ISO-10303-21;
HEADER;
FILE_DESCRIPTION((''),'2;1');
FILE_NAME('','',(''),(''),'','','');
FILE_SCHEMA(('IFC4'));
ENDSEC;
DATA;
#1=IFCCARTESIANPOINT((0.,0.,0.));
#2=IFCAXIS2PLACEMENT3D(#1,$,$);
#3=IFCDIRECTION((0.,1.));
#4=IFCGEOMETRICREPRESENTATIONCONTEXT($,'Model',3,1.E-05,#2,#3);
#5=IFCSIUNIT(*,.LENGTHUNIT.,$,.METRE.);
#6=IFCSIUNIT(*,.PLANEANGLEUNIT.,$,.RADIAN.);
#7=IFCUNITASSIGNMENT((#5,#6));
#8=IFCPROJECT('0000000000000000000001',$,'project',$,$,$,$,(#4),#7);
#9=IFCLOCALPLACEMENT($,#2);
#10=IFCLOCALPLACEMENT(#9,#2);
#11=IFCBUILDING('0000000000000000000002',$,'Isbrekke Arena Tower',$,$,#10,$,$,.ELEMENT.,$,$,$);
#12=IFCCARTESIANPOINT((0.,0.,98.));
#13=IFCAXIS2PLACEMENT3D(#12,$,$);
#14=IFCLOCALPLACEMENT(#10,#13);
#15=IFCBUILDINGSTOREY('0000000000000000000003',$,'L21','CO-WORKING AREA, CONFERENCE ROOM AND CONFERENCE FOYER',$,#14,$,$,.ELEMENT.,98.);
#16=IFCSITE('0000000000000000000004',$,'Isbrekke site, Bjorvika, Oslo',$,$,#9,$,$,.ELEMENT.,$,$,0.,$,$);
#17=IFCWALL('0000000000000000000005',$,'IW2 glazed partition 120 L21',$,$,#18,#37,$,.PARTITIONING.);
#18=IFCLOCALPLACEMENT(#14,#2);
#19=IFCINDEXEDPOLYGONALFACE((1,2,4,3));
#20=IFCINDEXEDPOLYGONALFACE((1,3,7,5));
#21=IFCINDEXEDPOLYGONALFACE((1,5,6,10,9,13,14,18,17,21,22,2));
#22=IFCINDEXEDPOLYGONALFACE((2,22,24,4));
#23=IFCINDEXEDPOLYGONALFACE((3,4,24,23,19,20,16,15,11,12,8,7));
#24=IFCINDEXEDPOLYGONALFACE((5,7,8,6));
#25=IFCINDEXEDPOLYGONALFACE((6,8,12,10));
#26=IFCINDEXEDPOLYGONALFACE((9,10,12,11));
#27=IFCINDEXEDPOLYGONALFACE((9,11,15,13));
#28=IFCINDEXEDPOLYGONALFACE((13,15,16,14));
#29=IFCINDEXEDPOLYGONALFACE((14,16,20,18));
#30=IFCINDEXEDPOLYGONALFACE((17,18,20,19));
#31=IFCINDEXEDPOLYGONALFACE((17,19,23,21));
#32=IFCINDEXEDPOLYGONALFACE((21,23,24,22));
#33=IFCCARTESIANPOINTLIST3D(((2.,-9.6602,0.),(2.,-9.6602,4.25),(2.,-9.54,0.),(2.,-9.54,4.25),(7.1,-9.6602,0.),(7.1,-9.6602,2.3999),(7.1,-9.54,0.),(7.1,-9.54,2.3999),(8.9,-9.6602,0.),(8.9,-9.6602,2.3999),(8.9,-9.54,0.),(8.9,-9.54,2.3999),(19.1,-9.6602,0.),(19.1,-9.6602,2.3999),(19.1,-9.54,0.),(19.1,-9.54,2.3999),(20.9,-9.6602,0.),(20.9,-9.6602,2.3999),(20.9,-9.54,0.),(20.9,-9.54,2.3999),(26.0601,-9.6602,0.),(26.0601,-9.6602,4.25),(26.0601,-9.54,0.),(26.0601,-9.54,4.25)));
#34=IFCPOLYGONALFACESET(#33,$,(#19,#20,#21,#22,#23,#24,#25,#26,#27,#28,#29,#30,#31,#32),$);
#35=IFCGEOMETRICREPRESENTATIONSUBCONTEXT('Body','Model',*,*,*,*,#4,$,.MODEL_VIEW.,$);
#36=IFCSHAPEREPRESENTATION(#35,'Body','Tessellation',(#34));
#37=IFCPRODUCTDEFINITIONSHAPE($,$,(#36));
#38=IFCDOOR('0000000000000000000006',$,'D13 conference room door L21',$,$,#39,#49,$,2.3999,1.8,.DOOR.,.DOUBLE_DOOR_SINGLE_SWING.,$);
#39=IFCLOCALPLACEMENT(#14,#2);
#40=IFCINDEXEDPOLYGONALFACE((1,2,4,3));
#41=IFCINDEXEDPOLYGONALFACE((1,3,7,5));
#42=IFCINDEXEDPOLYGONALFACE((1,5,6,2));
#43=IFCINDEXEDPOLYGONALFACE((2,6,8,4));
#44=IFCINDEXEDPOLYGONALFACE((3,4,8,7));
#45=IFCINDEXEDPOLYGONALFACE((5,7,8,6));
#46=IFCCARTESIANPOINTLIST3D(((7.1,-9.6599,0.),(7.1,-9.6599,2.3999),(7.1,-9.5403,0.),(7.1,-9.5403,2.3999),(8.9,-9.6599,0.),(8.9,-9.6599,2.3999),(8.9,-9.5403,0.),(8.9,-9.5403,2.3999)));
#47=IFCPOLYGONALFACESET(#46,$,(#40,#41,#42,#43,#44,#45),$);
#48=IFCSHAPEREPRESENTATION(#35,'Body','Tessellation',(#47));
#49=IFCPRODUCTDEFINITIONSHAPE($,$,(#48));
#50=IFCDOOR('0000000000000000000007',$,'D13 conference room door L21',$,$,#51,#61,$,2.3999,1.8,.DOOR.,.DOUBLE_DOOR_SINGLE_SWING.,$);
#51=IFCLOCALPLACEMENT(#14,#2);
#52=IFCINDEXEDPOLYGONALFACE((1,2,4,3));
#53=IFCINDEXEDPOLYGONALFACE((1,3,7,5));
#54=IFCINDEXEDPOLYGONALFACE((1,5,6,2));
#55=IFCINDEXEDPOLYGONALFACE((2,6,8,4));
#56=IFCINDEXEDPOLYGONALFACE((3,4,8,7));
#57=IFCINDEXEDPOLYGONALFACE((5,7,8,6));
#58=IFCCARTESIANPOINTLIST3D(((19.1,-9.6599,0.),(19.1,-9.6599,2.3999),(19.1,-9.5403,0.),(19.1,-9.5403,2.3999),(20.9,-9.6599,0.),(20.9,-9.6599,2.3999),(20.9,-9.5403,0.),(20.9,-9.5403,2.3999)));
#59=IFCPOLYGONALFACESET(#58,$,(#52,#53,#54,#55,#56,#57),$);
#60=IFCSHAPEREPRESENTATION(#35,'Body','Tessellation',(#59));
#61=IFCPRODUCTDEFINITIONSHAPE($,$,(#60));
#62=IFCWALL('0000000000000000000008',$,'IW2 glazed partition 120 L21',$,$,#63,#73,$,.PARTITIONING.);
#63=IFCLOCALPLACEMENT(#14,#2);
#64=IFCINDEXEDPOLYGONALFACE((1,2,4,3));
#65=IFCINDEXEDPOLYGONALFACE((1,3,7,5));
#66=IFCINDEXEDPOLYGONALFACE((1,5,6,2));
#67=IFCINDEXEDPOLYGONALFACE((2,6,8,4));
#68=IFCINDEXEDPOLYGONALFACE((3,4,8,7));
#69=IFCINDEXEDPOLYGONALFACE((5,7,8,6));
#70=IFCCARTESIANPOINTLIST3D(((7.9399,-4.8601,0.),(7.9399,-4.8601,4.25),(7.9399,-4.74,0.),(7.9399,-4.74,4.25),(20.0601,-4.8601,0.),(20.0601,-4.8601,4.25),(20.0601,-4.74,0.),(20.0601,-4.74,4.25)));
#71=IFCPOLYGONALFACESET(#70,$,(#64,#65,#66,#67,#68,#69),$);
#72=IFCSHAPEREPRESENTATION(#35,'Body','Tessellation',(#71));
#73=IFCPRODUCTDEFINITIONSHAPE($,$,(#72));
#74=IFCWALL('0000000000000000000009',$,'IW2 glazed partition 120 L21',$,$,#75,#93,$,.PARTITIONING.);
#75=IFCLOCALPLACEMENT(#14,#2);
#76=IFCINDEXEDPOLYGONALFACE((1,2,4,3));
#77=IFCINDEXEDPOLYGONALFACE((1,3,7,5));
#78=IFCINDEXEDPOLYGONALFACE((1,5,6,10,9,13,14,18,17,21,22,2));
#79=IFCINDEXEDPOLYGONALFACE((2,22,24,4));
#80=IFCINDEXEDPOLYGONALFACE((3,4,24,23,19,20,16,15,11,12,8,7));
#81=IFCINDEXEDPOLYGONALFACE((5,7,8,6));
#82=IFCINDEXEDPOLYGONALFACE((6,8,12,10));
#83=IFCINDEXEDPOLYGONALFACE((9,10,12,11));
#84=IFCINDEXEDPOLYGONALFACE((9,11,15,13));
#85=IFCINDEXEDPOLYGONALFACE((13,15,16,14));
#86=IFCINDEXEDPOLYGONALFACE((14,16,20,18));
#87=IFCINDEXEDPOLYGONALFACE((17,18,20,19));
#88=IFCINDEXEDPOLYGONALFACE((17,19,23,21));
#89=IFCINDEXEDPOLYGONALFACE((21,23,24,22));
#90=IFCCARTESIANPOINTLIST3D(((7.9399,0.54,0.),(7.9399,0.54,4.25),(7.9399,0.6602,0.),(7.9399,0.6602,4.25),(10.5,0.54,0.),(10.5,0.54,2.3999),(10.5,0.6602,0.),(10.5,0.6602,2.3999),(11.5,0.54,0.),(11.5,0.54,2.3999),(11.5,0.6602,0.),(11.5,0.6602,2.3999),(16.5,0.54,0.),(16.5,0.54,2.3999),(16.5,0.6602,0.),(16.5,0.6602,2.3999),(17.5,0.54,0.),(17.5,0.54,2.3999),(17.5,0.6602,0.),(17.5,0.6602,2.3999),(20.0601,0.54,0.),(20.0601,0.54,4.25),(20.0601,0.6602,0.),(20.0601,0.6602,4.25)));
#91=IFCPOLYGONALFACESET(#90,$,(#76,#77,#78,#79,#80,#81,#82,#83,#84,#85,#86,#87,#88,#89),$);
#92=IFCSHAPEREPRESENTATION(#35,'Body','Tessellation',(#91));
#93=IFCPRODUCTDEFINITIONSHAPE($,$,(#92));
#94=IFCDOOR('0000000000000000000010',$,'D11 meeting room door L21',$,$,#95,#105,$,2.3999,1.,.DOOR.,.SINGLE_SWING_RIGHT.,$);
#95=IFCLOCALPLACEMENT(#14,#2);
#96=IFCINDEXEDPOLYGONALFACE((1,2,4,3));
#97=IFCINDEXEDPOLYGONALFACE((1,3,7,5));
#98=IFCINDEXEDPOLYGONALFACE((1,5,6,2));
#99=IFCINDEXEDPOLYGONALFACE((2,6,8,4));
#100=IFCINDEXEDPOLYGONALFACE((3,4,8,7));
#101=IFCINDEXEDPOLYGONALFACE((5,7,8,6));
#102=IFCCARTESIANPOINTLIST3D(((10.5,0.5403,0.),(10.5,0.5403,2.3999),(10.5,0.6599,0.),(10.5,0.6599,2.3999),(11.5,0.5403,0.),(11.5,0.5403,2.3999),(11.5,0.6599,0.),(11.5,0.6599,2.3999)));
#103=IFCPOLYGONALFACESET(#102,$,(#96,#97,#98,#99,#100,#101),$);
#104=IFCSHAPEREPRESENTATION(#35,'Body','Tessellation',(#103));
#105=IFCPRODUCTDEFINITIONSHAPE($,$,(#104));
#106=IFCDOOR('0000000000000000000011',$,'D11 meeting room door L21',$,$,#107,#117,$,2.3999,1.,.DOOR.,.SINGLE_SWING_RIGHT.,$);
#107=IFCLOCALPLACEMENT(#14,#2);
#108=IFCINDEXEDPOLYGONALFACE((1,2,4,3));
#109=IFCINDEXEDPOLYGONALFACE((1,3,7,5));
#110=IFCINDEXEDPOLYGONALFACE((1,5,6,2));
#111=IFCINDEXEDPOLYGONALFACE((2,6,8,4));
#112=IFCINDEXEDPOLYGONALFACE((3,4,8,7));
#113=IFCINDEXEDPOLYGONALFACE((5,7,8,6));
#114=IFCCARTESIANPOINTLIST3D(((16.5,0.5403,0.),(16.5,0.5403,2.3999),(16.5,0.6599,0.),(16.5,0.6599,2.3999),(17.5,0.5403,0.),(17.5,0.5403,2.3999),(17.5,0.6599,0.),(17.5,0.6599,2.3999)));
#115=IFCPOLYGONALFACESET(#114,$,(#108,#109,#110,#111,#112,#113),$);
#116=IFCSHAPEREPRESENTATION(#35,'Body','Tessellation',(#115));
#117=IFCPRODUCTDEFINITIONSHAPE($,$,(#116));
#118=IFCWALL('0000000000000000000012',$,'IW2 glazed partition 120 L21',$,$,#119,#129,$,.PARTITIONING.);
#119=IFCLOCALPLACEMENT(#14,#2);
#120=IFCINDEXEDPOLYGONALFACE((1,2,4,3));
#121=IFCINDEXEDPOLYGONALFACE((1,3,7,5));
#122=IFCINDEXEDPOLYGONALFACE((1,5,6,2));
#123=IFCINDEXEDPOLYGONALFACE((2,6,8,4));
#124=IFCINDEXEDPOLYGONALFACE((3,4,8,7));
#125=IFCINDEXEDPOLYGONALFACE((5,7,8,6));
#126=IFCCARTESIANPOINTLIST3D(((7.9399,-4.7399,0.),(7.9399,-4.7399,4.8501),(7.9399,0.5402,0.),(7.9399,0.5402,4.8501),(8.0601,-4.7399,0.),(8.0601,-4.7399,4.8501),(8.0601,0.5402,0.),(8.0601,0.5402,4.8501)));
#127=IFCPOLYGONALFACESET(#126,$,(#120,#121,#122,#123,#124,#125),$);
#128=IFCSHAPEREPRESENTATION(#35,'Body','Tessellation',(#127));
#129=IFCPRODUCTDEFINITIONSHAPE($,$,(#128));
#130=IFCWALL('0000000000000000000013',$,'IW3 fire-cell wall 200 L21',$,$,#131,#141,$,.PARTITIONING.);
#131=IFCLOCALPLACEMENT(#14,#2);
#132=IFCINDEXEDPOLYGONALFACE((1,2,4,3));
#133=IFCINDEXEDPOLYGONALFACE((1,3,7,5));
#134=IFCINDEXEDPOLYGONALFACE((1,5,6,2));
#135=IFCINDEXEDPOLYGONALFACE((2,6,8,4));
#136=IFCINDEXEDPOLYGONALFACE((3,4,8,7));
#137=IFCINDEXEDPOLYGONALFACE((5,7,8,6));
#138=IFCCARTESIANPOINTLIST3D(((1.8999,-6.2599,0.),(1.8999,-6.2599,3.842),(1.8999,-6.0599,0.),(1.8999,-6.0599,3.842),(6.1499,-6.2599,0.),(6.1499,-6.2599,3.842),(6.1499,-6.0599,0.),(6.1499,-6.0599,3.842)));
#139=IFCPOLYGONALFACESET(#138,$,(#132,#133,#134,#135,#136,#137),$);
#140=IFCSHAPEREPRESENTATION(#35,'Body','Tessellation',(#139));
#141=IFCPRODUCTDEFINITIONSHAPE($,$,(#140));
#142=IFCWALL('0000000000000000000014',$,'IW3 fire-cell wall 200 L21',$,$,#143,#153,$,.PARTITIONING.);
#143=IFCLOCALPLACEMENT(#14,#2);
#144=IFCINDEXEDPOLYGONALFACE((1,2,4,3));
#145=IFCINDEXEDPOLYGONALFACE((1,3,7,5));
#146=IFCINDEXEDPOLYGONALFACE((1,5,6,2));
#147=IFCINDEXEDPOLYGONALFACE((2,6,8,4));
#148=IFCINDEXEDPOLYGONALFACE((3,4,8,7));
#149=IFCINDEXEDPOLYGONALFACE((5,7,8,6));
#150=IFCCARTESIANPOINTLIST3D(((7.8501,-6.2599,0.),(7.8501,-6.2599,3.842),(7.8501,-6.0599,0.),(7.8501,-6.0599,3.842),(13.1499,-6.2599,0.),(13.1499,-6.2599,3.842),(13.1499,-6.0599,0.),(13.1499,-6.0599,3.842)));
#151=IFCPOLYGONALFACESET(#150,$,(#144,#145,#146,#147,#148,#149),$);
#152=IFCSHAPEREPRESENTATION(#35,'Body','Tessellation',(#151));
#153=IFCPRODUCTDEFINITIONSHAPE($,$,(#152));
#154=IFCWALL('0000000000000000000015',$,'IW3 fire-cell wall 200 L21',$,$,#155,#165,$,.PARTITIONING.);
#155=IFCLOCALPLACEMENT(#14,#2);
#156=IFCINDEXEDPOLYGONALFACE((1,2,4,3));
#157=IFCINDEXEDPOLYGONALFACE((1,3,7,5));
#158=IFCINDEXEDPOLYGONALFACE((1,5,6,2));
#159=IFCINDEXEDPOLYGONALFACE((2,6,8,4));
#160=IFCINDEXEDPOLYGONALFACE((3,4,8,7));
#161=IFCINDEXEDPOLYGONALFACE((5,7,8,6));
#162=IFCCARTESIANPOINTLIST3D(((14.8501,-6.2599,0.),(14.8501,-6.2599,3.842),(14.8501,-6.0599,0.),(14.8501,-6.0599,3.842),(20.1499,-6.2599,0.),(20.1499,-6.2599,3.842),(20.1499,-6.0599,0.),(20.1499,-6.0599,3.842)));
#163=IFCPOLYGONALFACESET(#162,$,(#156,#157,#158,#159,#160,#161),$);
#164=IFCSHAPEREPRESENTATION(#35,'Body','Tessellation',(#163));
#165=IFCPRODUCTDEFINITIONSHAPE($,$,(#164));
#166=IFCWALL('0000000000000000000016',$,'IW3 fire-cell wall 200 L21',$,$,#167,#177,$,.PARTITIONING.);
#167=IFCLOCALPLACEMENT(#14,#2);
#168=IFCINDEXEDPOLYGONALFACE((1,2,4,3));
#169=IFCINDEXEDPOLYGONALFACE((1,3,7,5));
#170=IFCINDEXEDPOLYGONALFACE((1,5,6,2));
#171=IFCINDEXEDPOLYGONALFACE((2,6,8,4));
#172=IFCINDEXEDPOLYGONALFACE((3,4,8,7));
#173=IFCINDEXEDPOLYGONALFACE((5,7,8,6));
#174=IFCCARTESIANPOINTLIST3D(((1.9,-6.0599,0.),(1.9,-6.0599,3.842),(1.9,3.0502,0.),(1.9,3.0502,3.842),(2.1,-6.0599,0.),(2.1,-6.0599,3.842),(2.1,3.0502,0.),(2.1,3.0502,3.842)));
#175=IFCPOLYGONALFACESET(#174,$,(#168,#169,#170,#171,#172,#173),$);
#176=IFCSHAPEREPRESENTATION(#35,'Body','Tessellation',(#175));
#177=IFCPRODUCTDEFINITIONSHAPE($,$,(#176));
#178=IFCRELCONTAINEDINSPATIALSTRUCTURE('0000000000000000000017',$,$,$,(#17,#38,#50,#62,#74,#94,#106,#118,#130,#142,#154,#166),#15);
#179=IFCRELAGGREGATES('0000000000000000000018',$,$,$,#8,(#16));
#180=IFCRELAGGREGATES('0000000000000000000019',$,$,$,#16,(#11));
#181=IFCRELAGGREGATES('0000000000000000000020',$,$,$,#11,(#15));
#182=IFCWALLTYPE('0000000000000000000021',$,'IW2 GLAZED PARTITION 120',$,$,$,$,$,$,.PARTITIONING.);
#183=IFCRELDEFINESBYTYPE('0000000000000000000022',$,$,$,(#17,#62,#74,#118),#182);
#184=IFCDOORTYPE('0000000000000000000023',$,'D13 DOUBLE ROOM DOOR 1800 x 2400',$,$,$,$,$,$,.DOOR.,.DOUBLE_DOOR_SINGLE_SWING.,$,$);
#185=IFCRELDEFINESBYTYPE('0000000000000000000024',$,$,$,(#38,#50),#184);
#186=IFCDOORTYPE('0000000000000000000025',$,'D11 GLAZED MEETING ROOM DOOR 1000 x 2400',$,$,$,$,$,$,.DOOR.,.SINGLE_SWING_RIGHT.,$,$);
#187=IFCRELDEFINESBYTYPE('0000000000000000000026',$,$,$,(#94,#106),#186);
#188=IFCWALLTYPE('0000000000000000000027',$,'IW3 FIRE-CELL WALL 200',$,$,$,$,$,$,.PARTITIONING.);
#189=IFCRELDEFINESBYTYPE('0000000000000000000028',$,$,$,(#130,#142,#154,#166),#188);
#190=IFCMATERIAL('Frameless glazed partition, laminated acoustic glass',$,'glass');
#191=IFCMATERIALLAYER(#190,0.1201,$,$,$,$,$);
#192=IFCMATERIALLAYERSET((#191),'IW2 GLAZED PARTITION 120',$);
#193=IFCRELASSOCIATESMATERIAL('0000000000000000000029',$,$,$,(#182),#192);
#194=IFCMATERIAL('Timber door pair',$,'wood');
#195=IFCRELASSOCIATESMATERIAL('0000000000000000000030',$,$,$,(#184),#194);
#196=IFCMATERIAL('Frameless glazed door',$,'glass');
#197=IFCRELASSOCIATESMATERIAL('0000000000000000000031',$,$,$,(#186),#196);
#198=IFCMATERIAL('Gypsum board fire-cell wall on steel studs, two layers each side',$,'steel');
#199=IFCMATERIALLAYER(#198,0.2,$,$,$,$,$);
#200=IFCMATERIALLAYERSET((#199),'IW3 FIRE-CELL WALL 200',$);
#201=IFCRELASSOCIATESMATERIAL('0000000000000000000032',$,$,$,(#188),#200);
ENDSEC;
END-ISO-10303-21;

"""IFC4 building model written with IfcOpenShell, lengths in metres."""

from ifc_helpers import new_model, si_unit, direction, frame, frame_2d, origin, place, context, subcontext, project, spatial, rectangle, extrude, material, layer, layer_set, type_object, element, fill, save


model = new_model("IFC4")

# Units and contexts
model_context = context("Model", 3, precision=1e-05, world=origin(), true_north=direction((0.0, 1.0)))
body_context = subcontext(model_context, "Body", "Model", "MODEL_VIEW")
ifc_project = project(units=[si_unit("LENGTHUNIT", "METRE"), si_unit("PLANEANGLEUNIT", "RADIAN")], contexts=[model_context])

# Site, building, storey
site_placement = place(None, origin())
site = spatial("IfcSite", under=ifc_project, at=site_placement, Name="Isbrekke site, Bjorvika, Oslo", CompositionType="ELEMENT", RefElevation=0.0)
building_placement = place(site_placement, origin())
building = spatial("IfcBuilding", under=site, at=building_placement, Name="Isbrekke Arena Tower", CompositionType="ELEMENT")
storey_placement = place(building_placement, frame((0.0, 0.0, 98.0)))
storey = spatial("IfcBuildingStorey", under=building, at=storey_placement, Name="L21", Description="CO-WORKING AREA, CONFERENCE ROOM AND CONFERENCE FOYER", CompositionType="ELEMENT", Elevation=98.0)

# Wall, openings, doors
ifc_material_1 = material(Name="Frameless glazed partition, laminated acoustic glass", Category="glass")
ifc_layer_1 = layer(ifc_material_1, 0.1201)
ifc_layer_set_1 = layer_set([ifc_layer_1], Name="IW2 GLAZED PARTITION 120")
wall_type_1 = type_object("IfcWallType", Name="IW2 GLAZED PARTITION 120", PredefinedType="PARTITIONING", material=ifc_layer_set_1)
wall_1_placement = place(storey_placement, frame((2.0, -9.6001, 0.0), z_axis=(0.0, 0.0, 1.0), x_axis=(1.0, 0.0, 0.0)))
wall_1 = element("IfcWall", 1, at=wall_1_placement, inside=storey, type_object=wall_type_1, Name="IW2 glazed partition 120 L21", PredefinedType="PARTITIONING", context=body_context, shape_type="SweptSolid", body=[
    extrude(rectangle(XDim=24.0601, YDim=0.1201, at=frame_2d((12.03, 0.0))), origin(), (0.0, 0.0, 1.0), 4.25),
])
opening_1_placement = place(wall_1_placement, frame((5.1001, 0.0, 0.0)))
opening_1 = element("IfcOpeningElement", 2, at=opening_1_placement, cuts=wall_1, PredefinedType="OPENING", context=body_context, shape_type="SweptSolid", body=[
    extrude(rectangle(XDim=1.8, YDim=2.3999, at=frame_2d((0.8999, 1.2))), frame((0.0, 0.075, 0.0), z_axis=(0.0, -1.0, 0.0), x_axis=(1.0, 0.0, 0.0)), (0.0, 0.0, 1.0), 0.1499),
])
opening_2_placement = place(wall_1_placement, frame((17.1001, 0.0, 0.0)))
opening_2 = element("IfcOpeningElement", 3, at=opening_2_placement, cuts=wall_1, PredefinedType="OPENING", context=body_context, shape_type="SweptSolid", body=[
    extrude(rectangle(XDim=1.8, YDim=2.3999, at=frame_2d((0.8999, 1.2))), frame((0.0, 0.075, 0.0), z_axis=(0.0, -1.0, 0.0), x_axis=(1.0, 0.0, 0.0)), (0.0, 0.0, 1.0), 0.1499),
])
ifc_material_2 = material(Name="Timber door pair", Category="wood")
door_type_1 = type_object("IfcDoorType", Name="D13 DOUBLE ROOM DOOR 1800 x 2400", OperationType="DOUBLE_DOOR_SINGLE_SWING", PredefinedType="DOOR", material=ifc_material_2)
door_1_placement = place(opening_1_placement, origin())
door_1 = element("IfcDoor", 4, at=door_1_placement, inside=storey, type_object=door_type_1, Name="D13 conference room door L21", OperationType="DOUBLE_DOOR_SINGLE_SWING", OverallHeight=2.3999, OverallWidth=1.8, PredefinedType="DOOR", context=body_context, shape_type="SweptSolid", body=[
    extrude(rectangle(XDim=1.8, YDim=2.3999, at=frame_2d((0.8999, 1.2))), frame((0.0, 0.0598, 0.0), z_axis=(0.0, -1.0, 0.0), x_axis=(1.0, 0.0, 0.0)), (0.0, 0.0, 1.0), 0.1196),
])
fill(opening_1, door_1)
door_2_placement = place(opening_2_placement, origin())
door_2 = element("IfcDoor", 5, at=door_2_placement, inside=storey, type_object=door_type_1, Name="D13 conference room door L21", OperationType="DOUBLE_DOOR_SINGLE_SWING", OverallHeight=2.3999, OverallWidth=1.8, PredefinedType="DOOR", context=body_context, shape_type="SweptSolid", body=[
    extrude(rectangle(XDim=1.8, YDim=2.3999, at=frame_2d((0.8999, 1.2))), frame((0.0, 0.0598, 0.0), z_axis=(0.0, -1.0, 0.0), x_axis=(1.0, 0.0, 0.0)), (0.0, 0.0, 1.0), 0.1196),
])
fill(opening_2, door_2)

# Wall
wall_2_placement = place(storey_placement, frame((7.9399, -4.8, 0.0), z_axis=(0.0, 0.0, 1.0), x_axis=(1.0, 0.0, 0.0)))
element("IfcWall", 6, at=wall_2_placement, inside=storey, type_object=wall_type_1, Name="IW2 glazed partition 120 L21", PredefinedType="PARTITIONING", context=body_context, shape_type="SweptSolid", body=[
    extrude(rectangle(XDim=12.1201, YDim=0.1201, at=frame_2d((6.0601, 0.0))), origin(), (0.0, 0.0, 1.0), 4.25),
])

# Wall, openings, doors
wall_3_placement = place(storey_placement, frame((7.9399, 0.6001, 0.0), z_axis=(0.0, 0.0, 1.0), x_axis=(1.0, 0.0, 0.0)))
wall_3 = element("IfcWall", 7, at=wall_3_placement, inside=storey, type_object=wall_type_1, Name="IW2 glazed partition 120 L21", PredefinedType="PARTITIONING", context=body_context, shape_type="SweptSolid", body=[
    extrude(rectangle(XDim=12.1201, YDim=0.1201, at=frame_2d((6.0601, 0.0))), origin(), (0.0, 0.0, 1.0), 4.25),
])
opening_3_placement = place(wall_3_placement, frame((2.5601, 0.0, 0.0)))
opening_3 = element("IfcOpeningElement", 8, at=opening_3_placement, cuts=wall_3, PredefinedType="OPENING", context=body_context, shape_type="SweptSolid", body=[
    extrude(rectangle(XDim=1.0, YDim=2.3999, at=frame_2d((0.5, 1.2))), frame((0.0, 0.075, 0.0), z_axis=(0.0, -1.0, 0.0), x_axis=(1.0, 0.0, 0.0)), (0.0, 0.0, 1.0), 0.1499),
])
opening_4_placement = place(wall_3_placement, frame((8.5601, 0.0, 0.0)))
opening_4 = element("IfcOpeningElement", 9, at=opening_4_placement, cuts=wall_3, PredefinedType="OPENING", context=body_context, shape_type="SweptSolid", body=[
    extrude(rectangle(XDim=1.0, YDim=2.3999, at=frame_2d((0.5, 1.2))), frame((0.0, 0.075, 0.0), z_axis=(0.0, -1.0, 0.0), x_axis=(1.0, 0.0, 0.0)), (0.0, 0.0, 1.0), 0.1499),
])
ifc_material_3 = material(Name="Frameless glazed door", Category="glass")
door_type_2 = type_object("IfcDoorType", Name="D11 GLAZED MEETING ROOM DOOR 1000 x 2400", OperationType="SINGLE_SWING_RIGHT", PredefinedType="DOOR", material=ifc_material_3)
door_3_placement = place(opening_3_placement, origin())
door_3 = element("IfcDoor", 10, at=door_3_placement, inside=storey, type_object=door_type_2, Name="D11 meeting room door L21", OperationType="SINGLE_SWING_RIGHT", OverallHeight=2.3999, OverallWidth=1.0, PredefinedType="DOOR", context=body_context, shape_type="SweptSolid", body=[
    extrude(rectangle(XDim=1.0, YDim=2.3999, at=frame_2d((0.5, 1.2))), frame((0.0, 0.0598, 0.0), z_axis=(0.0, -1.0, 0.0), x_axis=(1.0, 0.0, 0.0)), (0.0, 0.0, 1.0), 0.1196),
])
fill(opening_3, door_3)
door_4_placement = place(opening_4_placement, origin())
door_4 = element("IfcDoor", 11, at=door_4_placement, inside=storey, type_object=door_type_2, Name="D11 meeting room door L21", OperationType="SINGLE_SWING_RIGHT", OverallHeight=2.3999, OverallWidth=1.0, PredefinedType="DOOR", context=body_context, shape_type="SweptSolid", body=[
    extrude(rectangle(XDim=1.0, YDim=2.3999, at=frame_2d((0.5, 1.2))), frame((0.0, 0.0598, 0.0), z_axis=(0.0, -1.0, 0.0), x_axis=(1.0, 0.0, 0.0)), (0.0, 0.0, 1.0), 0.1196),
])
fill(opening_4, door_4)

# Walls
wall_4_placement = place(storey_placement, frame((8.0, -4.74, 0.0), z_axis=(0.0, 0.0, 1.0), x_axis=(0.0, 1.0, 0.0)))
element("IfcWall", 12, at=wall_4_placement, inside=storey, type_object=wall_type_1, Name="IW2 glazed partition 120 L21", PredefinedType="PARTITIONING", context=body_context, shape_type="SweptSolid", body=[
    extrude(rectangle(XDim=5.28, YDim=0.1201, at=frame_2d((2.6401, 0.0))), origin(), (0.0, 0.0, 1.0), 4.8501),
])
ifc_material_4 = material(Name="Gypsum board fire-cell wall on steel studs, two layers each side", Category="steel")
ifc_layer_2 = layer(ifc_material_4, 0.2)
ifc_layer_set_2 = layer_set([ifc_layer_2], Name="IW3 FIRE-CELL WALL 200")
wall_type_2 = type_object("IfcWallType", Name="IW3 FIRE-CELL WALL 200", PredefinedType="PARTITIONING", material=ifc_layer_set_2)
wall_5_placement = place(storey_placement, frame((1.8999, -6.1599, 0.0), z_axis=(0.0, 0.0, 1.0), x_axis=(1.0, 0.0, 0.0)))
element("IfcWall", 13, at=wall_5_placement, inside=storey, type_object=wall_type_2, Name="IW3 fire-cell wall 200 L21", PredefinedType="PARTITIONING", context=body_context, shape_type="SweptSolid", body=[
    extrude(rectangle(XDim=4.25, YDim=0.2, at=frame_2d((2.125, 0.0))), origin(), (0.0, 0.0, 1.0), 3.842),
])
for number, where, z_axis, x_axis, name in (
    (14, (7.8501, -6.1599, 0.0), (0.0, 0.0, 1.0), (1.0, 0.0, 0.0), "IW3 fire-cell wall 200 L21"),
    (15, (14.8501, -6.1599, 0.0), (0.0, 0.0, 1.0), (1.0, 0.0, 0.0), "IW3 fire-cell wall 200 L21"),
):
    element("IfcWall", number, at=place(storey_placement, frame(where, z_axis=z_axis, x_axis=x_axis)), inside=storey, type_object=wall_type_2, Name=name, PredefinedType="PARTITIONING", context=body_context, shape_type="SweptSolid", body=[
        extrude(rectangle(XDim=5.2998, YDim=0.2, at=frame_2d((2.6499, 0.0))), origin(), (0.0, 0.0, 1.0), 3.842),
    ])
wall_6_placement = place(storey_placement, frame((2.0, -6.0601, 0.0), z_axis=(0.0, 0.0, 1.0), x_axis=(0.0, 1.0, 0.0)))
element("IfcWall", 16, at=wall_6_placement, inside=storey, type_object=wall_type_2, Name="IW3 fire-cell wall 200 L21", PredefinedType="PARTITIONING", context=body_context, shape_type="SweptSolid", body=[
    extrude(rectangle(XDim=9.1101, YDim=0.2, at=frame_2d((4.5552, 0.0))), origin(), (0.0, 0.0, 1.0), 3.842),
])

save(model, "model.ifc")
